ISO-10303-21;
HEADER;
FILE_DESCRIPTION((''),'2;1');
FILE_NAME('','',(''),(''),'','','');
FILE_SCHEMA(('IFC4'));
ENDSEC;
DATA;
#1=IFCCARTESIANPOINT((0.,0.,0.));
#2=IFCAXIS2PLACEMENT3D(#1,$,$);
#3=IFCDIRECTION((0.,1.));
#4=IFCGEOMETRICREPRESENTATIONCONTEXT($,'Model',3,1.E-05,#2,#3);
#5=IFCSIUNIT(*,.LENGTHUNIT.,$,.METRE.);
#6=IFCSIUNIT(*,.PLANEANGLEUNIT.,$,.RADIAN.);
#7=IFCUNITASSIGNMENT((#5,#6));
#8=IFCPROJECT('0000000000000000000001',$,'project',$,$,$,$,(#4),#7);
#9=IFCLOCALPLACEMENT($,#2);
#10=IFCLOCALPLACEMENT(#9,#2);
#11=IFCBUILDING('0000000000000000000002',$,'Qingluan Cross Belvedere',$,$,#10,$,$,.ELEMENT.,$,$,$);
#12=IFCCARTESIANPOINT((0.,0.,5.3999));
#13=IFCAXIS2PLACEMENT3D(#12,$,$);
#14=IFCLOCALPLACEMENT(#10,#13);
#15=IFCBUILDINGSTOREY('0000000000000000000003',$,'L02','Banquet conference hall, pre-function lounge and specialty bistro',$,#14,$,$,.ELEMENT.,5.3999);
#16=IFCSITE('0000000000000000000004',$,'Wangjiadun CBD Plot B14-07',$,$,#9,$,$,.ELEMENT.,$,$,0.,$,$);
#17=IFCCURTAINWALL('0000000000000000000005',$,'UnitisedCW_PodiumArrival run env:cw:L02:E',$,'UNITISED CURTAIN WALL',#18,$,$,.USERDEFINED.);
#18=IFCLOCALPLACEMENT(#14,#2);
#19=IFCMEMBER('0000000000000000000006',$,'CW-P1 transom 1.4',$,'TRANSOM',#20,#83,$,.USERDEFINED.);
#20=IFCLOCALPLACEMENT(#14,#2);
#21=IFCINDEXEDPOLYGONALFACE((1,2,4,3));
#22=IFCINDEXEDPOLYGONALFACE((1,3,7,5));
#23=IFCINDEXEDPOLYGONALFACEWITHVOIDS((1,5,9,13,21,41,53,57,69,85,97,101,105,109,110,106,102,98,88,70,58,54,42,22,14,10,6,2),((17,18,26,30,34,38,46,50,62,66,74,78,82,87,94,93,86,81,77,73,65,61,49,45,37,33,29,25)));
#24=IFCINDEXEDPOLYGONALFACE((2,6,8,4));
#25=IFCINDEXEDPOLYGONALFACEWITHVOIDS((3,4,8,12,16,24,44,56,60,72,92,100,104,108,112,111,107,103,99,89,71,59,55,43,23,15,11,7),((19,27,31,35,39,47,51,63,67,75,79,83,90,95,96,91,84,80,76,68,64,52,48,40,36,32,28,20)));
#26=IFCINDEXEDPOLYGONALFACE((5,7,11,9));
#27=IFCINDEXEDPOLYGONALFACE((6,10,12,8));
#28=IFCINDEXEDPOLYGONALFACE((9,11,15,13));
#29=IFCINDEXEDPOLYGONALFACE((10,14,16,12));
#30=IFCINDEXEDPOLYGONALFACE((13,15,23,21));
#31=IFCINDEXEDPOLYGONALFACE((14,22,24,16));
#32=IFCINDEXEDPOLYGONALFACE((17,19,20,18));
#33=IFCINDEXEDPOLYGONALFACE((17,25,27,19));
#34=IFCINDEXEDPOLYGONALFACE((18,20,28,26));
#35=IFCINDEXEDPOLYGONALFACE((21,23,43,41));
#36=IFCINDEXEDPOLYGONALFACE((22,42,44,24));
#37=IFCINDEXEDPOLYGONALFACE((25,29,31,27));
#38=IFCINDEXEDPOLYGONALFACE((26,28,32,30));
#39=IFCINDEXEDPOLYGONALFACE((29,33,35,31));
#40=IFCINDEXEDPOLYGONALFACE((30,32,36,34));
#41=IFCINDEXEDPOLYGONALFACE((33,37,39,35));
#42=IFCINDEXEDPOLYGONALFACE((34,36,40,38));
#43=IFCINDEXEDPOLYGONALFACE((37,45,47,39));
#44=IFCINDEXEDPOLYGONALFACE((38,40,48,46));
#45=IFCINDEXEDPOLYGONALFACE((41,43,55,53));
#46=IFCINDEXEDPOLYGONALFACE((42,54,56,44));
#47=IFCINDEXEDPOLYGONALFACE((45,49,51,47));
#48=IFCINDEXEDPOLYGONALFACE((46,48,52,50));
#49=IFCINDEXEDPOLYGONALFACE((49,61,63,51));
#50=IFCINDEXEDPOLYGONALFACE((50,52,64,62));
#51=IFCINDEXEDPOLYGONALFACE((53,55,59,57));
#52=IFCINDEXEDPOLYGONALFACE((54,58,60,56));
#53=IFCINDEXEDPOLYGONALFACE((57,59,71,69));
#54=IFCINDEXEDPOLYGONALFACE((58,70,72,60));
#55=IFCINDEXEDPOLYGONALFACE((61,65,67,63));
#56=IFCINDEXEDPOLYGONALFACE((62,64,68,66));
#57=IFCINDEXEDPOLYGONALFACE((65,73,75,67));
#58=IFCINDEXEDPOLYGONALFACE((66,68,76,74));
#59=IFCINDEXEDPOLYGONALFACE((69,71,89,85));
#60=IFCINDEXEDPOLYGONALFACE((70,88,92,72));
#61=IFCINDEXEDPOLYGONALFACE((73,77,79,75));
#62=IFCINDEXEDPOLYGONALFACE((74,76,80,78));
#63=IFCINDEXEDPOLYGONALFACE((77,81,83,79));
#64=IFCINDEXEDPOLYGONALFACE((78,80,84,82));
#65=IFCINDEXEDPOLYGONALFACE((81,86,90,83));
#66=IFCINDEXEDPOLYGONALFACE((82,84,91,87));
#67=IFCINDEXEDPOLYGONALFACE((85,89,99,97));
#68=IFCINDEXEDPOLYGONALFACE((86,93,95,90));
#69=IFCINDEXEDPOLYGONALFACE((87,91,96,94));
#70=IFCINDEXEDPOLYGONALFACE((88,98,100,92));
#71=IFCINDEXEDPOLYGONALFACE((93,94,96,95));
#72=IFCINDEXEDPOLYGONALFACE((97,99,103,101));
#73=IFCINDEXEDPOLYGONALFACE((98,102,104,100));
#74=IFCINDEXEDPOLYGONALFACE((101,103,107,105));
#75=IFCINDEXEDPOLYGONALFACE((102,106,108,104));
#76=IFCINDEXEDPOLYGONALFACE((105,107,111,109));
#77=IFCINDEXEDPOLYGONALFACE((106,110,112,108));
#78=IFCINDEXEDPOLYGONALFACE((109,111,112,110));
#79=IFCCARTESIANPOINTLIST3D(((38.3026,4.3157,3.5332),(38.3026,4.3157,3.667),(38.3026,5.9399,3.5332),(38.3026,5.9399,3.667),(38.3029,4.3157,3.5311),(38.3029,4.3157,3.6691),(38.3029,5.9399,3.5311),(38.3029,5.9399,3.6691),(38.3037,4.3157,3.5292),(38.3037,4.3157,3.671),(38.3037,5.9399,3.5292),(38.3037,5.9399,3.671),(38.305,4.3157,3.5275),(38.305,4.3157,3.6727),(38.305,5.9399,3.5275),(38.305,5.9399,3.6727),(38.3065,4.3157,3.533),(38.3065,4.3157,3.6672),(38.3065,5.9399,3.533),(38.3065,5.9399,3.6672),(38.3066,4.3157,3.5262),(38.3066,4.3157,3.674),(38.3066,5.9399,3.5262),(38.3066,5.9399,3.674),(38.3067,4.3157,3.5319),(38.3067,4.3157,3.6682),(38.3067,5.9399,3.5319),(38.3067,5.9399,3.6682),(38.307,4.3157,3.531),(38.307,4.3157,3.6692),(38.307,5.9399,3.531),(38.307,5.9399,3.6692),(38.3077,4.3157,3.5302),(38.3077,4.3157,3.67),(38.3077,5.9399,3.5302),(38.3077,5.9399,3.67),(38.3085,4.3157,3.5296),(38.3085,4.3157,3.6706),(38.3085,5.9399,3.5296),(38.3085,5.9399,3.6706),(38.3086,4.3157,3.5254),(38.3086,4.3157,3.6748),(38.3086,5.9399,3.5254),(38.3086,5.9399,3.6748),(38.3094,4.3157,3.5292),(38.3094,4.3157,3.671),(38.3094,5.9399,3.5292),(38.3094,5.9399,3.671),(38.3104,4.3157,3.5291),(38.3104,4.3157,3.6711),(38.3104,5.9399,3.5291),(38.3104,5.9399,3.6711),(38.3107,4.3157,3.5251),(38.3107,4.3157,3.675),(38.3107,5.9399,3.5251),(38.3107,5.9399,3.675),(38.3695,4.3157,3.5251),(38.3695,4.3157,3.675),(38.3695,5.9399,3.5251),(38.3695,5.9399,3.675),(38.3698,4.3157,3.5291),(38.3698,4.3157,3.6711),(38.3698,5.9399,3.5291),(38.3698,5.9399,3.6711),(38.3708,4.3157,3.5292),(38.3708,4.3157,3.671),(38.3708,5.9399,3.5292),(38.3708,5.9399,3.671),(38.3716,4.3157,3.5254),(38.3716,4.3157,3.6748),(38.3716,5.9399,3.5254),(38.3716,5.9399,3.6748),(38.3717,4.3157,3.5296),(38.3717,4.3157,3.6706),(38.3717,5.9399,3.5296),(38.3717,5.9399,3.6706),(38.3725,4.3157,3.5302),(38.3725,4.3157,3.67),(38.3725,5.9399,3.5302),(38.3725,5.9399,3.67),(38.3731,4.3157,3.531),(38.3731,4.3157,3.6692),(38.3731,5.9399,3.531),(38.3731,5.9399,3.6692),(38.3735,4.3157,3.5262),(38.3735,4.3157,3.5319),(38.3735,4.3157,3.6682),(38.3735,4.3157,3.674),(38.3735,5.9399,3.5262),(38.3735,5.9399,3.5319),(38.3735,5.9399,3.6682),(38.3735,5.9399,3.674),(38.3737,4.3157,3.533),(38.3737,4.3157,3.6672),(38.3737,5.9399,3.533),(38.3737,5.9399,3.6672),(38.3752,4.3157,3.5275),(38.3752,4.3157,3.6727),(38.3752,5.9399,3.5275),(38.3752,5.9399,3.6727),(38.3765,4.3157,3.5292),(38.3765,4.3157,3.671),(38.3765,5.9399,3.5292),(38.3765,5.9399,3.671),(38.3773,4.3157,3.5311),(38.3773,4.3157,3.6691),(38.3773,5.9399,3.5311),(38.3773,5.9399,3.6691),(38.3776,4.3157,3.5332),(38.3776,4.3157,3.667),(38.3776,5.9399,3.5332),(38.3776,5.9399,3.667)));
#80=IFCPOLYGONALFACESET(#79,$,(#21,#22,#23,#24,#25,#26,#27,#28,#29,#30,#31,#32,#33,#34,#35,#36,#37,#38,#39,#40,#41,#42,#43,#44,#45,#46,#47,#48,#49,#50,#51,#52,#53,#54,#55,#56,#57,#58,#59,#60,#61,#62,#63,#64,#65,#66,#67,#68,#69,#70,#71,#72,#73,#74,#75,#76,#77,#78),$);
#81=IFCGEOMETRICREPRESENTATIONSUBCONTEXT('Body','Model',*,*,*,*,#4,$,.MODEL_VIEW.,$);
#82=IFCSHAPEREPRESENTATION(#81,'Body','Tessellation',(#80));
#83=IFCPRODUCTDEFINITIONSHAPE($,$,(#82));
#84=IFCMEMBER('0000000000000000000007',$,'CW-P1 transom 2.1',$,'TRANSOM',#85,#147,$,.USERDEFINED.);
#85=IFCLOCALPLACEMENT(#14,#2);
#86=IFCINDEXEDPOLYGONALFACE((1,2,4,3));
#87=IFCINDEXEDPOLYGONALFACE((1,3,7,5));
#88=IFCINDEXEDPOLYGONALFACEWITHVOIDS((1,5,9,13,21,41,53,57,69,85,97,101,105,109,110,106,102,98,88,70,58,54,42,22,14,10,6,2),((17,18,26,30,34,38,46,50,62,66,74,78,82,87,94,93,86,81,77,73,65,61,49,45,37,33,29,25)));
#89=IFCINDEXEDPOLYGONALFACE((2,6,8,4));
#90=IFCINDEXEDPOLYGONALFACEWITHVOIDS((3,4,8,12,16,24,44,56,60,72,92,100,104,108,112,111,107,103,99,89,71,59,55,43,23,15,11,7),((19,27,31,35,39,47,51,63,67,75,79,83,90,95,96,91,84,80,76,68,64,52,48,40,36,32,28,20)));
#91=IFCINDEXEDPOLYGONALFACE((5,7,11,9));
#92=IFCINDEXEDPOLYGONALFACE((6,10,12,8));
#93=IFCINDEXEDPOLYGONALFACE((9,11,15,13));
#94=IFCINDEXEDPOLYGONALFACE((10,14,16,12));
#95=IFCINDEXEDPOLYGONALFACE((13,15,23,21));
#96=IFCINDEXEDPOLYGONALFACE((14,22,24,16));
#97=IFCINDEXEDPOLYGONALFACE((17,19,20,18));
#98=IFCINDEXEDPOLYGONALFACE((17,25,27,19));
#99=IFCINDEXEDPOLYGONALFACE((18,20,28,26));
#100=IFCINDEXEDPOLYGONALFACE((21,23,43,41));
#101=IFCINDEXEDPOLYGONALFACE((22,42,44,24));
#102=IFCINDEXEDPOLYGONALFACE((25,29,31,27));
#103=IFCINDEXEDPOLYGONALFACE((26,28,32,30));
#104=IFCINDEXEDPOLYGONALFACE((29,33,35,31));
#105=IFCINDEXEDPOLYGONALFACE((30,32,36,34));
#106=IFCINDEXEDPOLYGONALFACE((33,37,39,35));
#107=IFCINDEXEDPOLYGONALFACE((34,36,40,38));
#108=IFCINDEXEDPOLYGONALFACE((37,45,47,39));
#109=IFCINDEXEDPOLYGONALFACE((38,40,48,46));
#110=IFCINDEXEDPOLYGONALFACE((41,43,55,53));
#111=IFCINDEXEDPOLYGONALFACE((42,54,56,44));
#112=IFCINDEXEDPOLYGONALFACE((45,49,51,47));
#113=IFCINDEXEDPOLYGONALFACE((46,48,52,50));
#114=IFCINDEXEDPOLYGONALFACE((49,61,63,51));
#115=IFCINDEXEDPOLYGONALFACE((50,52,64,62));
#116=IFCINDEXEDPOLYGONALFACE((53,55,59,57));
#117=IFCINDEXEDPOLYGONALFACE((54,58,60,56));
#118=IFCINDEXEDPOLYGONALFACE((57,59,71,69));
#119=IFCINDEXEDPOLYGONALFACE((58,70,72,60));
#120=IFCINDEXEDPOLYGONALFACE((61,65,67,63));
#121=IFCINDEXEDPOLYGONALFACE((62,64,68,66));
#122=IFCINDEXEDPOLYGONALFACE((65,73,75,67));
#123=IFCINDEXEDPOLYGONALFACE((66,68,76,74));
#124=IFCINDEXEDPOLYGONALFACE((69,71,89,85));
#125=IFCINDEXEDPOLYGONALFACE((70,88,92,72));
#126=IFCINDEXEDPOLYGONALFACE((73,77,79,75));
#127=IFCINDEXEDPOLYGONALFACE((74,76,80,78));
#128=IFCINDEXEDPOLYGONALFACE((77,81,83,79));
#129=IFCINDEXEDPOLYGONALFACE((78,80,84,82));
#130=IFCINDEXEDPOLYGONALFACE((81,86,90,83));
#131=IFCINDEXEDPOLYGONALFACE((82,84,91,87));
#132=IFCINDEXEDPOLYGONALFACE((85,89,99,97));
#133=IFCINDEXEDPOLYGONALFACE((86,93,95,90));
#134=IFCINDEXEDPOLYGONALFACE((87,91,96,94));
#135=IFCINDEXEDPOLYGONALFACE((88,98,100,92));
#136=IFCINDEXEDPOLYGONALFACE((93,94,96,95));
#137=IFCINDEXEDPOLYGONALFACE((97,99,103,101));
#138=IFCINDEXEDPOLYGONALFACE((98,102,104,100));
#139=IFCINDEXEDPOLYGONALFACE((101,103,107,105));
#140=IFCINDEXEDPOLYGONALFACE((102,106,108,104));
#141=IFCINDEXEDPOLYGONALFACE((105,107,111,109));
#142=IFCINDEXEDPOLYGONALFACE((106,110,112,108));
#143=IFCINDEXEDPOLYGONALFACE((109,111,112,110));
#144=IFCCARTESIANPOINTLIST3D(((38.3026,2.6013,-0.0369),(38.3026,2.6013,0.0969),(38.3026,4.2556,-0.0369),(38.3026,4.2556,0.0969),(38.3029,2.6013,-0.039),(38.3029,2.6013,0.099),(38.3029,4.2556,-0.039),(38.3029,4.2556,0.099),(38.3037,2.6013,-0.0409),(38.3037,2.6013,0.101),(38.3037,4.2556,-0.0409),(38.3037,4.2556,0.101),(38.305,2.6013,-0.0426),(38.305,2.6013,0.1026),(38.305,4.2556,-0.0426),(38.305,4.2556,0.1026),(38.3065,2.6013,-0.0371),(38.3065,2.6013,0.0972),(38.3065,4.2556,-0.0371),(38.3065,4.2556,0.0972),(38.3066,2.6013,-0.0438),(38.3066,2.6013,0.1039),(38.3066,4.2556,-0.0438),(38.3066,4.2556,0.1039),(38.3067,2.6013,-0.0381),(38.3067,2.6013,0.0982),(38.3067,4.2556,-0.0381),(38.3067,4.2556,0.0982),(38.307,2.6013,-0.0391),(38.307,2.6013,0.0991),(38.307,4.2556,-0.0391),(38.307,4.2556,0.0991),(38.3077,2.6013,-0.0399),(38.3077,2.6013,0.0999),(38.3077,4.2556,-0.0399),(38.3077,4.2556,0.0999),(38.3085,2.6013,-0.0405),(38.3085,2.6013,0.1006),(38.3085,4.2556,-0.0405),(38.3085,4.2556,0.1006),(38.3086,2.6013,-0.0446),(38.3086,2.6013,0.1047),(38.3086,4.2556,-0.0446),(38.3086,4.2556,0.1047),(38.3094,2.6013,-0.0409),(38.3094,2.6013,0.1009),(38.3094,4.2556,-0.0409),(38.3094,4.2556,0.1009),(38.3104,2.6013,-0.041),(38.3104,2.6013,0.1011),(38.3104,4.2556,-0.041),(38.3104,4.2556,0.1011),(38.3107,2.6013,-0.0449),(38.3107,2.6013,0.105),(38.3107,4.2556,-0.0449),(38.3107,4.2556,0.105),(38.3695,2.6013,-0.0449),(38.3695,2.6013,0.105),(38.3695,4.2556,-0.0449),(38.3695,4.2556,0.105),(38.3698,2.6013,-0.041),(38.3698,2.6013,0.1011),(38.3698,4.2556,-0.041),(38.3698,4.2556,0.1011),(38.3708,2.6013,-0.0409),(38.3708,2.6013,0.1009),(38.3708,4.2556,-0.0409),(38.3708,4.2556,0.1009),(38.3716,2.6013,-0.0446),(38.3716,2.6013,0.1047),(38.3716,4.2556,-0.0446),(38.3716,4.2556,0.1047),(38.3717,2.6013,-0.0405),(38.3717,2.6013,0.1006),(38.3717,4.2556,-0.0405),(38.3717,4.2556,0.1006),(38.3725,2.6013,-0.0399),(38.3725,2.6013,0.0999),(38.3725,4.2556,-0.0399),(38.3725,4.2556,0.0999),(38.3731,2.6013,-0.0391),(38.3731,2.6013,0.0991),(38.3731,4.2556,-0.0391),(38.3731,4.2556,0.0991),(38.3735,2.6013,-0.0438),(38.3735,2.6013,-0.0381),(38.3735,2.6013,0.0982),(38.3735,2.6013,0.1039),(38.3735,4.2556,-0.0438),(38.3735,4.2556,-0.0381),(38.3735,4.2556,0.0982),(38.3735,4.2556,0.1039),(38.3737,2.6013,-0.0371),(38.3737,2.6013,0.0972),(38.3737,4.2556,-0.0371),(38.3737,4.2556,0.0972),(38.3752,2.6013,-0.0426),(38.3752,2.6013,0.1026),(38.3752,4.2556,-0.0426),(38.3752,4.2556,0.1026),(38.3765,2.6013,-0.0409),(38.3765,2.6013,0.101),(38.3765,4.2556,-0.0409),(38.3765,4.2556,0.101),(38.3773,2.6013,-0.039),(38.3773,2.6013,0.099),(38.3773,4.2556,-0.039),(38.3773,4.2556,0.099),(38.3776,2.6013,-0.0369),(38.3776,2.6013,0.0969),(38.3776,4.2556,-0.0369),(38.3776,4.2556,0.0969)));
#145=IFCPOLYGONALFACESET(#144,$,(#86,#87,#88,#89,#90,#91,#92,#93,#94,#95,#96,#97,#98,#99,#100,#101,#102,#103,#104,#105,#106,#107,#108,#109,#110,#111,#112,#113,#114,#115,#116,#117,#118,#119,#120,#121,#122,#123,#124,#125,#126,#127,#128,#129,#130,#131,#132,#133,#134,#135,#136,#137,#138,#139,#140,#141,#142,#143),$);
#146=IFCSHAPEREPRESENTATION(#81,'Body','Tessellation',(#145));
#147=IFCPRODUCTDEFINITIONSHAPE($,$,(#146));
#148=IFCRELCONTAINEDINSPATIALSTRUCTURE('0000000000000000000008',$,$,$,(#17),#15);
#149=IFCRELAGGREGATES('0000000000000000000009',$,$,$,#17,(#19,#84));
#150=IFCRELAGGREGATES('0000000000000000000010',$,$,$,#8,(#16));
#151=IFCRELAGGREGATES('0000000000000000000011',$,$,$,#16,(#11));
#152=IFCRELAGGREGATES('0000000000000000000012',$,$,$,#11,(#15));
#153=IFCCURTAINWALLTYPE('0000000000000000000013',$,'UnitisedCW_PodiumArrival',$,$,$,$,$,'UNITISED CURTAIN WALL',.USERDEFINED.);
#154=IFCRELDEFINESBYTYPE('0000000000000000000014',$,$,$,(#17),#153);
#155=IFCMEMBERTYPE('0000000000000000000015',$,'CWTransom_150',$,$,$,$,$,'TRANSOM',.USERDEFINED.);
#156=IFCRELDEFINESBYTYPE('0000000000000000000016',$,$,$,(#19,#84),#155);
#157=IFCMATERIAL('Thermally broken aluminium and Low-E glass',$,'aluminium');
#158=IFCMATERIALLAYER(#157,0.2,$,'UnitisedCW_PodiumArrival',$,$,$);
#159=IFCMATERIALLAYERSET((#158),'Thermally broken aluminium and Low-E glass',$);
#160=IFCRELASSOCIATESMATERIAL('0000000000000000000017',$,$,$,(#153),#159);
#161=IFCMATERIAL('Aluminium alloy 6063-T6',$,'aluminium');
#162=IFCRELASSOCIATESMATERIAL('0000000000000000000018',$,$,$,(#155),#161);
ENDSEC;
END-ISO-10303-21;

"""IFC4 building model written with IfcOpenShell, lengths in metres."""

from ifc_helpers import new_model, si_unit, direction, frame, origin, origin_2d, place, context, subcontext, project, spatial, hollow_rectangle, extrude, material, layer, layer_set, material_profile, profile_set, type_object, element, aggregate, save


model = new_model("IFC4")

# Units and contexts
model_context = context("Model", 3, precision=1e-05, world=origin(), true_north=direction((0.0, 1.0)))
body_context = subcontext(model_context, "Body", "Model", "MODEL_VIEW")
ifc_project = project(units=[si_unit("LENGTHUNIT", "METRE"), si_unit("PLANEANGLEUNIT", "RADIAN")], contexts=[model_context])

# Site, building, storey
site_placement = place(None, origin())
site = spatial("IfcSite", under=ifc_project, at=site_placement, Name="Wangjiadun CBD Plot B14-07", CompositionType="ELEMENT", RefElevation=0.0)
building_placement = place(site_placement, origin())
building = spatial("IfcBuilding", under=site, at=building_placement, Name="Qingluan Cross Belvedere", CompositionType="ELEMENT")
storey_placement = place(building_placement, frame((0.0, 0.0, 5.3999)))
storey = spatial("IfcBuildingStorey", under=building, at=storey_placement, Name="L02", Description="Banquet conference hall, pre-function lounge and specialty bistro", CompositionType="ELEMENT", Elevation=5.3999)

# Curtain wall, members
ifc_material_1 = material(Name="Thermally broken aluminium and Low-E glass", Category="aluminium")
ifc_layer_1 = layer(ifc_material_1, 0.2, Name="UnitisedCW_PodiumArrival")
ifc_layer_set_1 = layer_set([ifc_layer_1], Name="Thermally broken aluminium and Low-E glass")
curtain_wall_type = type_object("IfcCurtainWallType", Name="UnitisedCW_PodiumArrival", ElementType="UNITISED CURTAIN WALL", PredefinedType="USERDEFINED", material=ifc_layer_set_1)
curtain_wall_placement = place(storey_placement, origin())
curtain_wall = element("IfcCurtainWall", 1, at=curtain_wall_placement, inside=storey, type_object=curtain_wall_type, Name="UnitisedCW_PodiumArrival run env:cw:L02:E", ObjectType="UNITISED CURTAIN WALL", PredefinedType="USERDEFINED")
ifc_material_2 = material(Name="Aluminium alloy 6063-T6", Category="aluminium")
ifc_material_profile_1 = material_profile(ifc_material_2, hollow_rectangle(XDim=0.075, YDim=0.1499, WallThickness=0.0039, InnerFilletRadius=0.0039, OuterFilletRadius=0.0081, at=origin_2d()), Name="CWT150x75x4")
ifc_profile_set_1 = profile_set([ifc_material_profile_1], Name="Aluminium alloy 6063-T6")
member_type_1 = type_object("IfcMemberType", Name="CWTransom_150", ElementType="TRANSOM", PredefinedType="USERDEFINED", material=ifc_profile_set_1)
member_1_placement = place(storey_placement, frame((38.3401, 5.9399, 3.6001), z_axis=(0.0, -1.0, 0.0), x_axis=(1.0, 0.0, 0.0)))
member_1 = element("IfcMember", 2, at=member_1_placement, type_object=member_type_1, Name="CW-P1 transom 1.4", ObjectType="TRANSOM", PredefinedType="USERDEFINED", context=body_context, shape_type="SweptSolid", body=[
    extrude(hollow_rectangle(XDim=0.075, YDim=0.1499, WallThickness=0.0039, InnerFilletRadius=0.0039, OuterFilletRadius=0.0081, at=origin_2d()), origin(), (0.0, 0.0, 1.0), 1.6243),
])
member_2_placement = place(storey_placement, frame((38.3401, 4.2556, 0.03), z_axis=(0.0, -1.0, 0.0), x_axis=(1.0, 0.0, 0.0)))
member_2 = element("IfcMember", 3, at=member_2_placement, type_object=member_type_1, Name="CW-P1 transom 2.1", ObjectType="TRANSOM", PredefinedType="USERDEFINED", context=body_context, shape_type="SweptSolid", body=[
    extrude(hollow_rectangle(XDim=0.075, YDim=0.1499, WallThickness=0.0039, InnerFilletRadius=0.0039, OuterFilletRadius=0.0081, at=origin_2d()), origin(), (0.0, 0.0, 1.0), 1.6543),
])
aggregate(curtain_wall, [member_1, member_2])

save(model, "model.ifc")
